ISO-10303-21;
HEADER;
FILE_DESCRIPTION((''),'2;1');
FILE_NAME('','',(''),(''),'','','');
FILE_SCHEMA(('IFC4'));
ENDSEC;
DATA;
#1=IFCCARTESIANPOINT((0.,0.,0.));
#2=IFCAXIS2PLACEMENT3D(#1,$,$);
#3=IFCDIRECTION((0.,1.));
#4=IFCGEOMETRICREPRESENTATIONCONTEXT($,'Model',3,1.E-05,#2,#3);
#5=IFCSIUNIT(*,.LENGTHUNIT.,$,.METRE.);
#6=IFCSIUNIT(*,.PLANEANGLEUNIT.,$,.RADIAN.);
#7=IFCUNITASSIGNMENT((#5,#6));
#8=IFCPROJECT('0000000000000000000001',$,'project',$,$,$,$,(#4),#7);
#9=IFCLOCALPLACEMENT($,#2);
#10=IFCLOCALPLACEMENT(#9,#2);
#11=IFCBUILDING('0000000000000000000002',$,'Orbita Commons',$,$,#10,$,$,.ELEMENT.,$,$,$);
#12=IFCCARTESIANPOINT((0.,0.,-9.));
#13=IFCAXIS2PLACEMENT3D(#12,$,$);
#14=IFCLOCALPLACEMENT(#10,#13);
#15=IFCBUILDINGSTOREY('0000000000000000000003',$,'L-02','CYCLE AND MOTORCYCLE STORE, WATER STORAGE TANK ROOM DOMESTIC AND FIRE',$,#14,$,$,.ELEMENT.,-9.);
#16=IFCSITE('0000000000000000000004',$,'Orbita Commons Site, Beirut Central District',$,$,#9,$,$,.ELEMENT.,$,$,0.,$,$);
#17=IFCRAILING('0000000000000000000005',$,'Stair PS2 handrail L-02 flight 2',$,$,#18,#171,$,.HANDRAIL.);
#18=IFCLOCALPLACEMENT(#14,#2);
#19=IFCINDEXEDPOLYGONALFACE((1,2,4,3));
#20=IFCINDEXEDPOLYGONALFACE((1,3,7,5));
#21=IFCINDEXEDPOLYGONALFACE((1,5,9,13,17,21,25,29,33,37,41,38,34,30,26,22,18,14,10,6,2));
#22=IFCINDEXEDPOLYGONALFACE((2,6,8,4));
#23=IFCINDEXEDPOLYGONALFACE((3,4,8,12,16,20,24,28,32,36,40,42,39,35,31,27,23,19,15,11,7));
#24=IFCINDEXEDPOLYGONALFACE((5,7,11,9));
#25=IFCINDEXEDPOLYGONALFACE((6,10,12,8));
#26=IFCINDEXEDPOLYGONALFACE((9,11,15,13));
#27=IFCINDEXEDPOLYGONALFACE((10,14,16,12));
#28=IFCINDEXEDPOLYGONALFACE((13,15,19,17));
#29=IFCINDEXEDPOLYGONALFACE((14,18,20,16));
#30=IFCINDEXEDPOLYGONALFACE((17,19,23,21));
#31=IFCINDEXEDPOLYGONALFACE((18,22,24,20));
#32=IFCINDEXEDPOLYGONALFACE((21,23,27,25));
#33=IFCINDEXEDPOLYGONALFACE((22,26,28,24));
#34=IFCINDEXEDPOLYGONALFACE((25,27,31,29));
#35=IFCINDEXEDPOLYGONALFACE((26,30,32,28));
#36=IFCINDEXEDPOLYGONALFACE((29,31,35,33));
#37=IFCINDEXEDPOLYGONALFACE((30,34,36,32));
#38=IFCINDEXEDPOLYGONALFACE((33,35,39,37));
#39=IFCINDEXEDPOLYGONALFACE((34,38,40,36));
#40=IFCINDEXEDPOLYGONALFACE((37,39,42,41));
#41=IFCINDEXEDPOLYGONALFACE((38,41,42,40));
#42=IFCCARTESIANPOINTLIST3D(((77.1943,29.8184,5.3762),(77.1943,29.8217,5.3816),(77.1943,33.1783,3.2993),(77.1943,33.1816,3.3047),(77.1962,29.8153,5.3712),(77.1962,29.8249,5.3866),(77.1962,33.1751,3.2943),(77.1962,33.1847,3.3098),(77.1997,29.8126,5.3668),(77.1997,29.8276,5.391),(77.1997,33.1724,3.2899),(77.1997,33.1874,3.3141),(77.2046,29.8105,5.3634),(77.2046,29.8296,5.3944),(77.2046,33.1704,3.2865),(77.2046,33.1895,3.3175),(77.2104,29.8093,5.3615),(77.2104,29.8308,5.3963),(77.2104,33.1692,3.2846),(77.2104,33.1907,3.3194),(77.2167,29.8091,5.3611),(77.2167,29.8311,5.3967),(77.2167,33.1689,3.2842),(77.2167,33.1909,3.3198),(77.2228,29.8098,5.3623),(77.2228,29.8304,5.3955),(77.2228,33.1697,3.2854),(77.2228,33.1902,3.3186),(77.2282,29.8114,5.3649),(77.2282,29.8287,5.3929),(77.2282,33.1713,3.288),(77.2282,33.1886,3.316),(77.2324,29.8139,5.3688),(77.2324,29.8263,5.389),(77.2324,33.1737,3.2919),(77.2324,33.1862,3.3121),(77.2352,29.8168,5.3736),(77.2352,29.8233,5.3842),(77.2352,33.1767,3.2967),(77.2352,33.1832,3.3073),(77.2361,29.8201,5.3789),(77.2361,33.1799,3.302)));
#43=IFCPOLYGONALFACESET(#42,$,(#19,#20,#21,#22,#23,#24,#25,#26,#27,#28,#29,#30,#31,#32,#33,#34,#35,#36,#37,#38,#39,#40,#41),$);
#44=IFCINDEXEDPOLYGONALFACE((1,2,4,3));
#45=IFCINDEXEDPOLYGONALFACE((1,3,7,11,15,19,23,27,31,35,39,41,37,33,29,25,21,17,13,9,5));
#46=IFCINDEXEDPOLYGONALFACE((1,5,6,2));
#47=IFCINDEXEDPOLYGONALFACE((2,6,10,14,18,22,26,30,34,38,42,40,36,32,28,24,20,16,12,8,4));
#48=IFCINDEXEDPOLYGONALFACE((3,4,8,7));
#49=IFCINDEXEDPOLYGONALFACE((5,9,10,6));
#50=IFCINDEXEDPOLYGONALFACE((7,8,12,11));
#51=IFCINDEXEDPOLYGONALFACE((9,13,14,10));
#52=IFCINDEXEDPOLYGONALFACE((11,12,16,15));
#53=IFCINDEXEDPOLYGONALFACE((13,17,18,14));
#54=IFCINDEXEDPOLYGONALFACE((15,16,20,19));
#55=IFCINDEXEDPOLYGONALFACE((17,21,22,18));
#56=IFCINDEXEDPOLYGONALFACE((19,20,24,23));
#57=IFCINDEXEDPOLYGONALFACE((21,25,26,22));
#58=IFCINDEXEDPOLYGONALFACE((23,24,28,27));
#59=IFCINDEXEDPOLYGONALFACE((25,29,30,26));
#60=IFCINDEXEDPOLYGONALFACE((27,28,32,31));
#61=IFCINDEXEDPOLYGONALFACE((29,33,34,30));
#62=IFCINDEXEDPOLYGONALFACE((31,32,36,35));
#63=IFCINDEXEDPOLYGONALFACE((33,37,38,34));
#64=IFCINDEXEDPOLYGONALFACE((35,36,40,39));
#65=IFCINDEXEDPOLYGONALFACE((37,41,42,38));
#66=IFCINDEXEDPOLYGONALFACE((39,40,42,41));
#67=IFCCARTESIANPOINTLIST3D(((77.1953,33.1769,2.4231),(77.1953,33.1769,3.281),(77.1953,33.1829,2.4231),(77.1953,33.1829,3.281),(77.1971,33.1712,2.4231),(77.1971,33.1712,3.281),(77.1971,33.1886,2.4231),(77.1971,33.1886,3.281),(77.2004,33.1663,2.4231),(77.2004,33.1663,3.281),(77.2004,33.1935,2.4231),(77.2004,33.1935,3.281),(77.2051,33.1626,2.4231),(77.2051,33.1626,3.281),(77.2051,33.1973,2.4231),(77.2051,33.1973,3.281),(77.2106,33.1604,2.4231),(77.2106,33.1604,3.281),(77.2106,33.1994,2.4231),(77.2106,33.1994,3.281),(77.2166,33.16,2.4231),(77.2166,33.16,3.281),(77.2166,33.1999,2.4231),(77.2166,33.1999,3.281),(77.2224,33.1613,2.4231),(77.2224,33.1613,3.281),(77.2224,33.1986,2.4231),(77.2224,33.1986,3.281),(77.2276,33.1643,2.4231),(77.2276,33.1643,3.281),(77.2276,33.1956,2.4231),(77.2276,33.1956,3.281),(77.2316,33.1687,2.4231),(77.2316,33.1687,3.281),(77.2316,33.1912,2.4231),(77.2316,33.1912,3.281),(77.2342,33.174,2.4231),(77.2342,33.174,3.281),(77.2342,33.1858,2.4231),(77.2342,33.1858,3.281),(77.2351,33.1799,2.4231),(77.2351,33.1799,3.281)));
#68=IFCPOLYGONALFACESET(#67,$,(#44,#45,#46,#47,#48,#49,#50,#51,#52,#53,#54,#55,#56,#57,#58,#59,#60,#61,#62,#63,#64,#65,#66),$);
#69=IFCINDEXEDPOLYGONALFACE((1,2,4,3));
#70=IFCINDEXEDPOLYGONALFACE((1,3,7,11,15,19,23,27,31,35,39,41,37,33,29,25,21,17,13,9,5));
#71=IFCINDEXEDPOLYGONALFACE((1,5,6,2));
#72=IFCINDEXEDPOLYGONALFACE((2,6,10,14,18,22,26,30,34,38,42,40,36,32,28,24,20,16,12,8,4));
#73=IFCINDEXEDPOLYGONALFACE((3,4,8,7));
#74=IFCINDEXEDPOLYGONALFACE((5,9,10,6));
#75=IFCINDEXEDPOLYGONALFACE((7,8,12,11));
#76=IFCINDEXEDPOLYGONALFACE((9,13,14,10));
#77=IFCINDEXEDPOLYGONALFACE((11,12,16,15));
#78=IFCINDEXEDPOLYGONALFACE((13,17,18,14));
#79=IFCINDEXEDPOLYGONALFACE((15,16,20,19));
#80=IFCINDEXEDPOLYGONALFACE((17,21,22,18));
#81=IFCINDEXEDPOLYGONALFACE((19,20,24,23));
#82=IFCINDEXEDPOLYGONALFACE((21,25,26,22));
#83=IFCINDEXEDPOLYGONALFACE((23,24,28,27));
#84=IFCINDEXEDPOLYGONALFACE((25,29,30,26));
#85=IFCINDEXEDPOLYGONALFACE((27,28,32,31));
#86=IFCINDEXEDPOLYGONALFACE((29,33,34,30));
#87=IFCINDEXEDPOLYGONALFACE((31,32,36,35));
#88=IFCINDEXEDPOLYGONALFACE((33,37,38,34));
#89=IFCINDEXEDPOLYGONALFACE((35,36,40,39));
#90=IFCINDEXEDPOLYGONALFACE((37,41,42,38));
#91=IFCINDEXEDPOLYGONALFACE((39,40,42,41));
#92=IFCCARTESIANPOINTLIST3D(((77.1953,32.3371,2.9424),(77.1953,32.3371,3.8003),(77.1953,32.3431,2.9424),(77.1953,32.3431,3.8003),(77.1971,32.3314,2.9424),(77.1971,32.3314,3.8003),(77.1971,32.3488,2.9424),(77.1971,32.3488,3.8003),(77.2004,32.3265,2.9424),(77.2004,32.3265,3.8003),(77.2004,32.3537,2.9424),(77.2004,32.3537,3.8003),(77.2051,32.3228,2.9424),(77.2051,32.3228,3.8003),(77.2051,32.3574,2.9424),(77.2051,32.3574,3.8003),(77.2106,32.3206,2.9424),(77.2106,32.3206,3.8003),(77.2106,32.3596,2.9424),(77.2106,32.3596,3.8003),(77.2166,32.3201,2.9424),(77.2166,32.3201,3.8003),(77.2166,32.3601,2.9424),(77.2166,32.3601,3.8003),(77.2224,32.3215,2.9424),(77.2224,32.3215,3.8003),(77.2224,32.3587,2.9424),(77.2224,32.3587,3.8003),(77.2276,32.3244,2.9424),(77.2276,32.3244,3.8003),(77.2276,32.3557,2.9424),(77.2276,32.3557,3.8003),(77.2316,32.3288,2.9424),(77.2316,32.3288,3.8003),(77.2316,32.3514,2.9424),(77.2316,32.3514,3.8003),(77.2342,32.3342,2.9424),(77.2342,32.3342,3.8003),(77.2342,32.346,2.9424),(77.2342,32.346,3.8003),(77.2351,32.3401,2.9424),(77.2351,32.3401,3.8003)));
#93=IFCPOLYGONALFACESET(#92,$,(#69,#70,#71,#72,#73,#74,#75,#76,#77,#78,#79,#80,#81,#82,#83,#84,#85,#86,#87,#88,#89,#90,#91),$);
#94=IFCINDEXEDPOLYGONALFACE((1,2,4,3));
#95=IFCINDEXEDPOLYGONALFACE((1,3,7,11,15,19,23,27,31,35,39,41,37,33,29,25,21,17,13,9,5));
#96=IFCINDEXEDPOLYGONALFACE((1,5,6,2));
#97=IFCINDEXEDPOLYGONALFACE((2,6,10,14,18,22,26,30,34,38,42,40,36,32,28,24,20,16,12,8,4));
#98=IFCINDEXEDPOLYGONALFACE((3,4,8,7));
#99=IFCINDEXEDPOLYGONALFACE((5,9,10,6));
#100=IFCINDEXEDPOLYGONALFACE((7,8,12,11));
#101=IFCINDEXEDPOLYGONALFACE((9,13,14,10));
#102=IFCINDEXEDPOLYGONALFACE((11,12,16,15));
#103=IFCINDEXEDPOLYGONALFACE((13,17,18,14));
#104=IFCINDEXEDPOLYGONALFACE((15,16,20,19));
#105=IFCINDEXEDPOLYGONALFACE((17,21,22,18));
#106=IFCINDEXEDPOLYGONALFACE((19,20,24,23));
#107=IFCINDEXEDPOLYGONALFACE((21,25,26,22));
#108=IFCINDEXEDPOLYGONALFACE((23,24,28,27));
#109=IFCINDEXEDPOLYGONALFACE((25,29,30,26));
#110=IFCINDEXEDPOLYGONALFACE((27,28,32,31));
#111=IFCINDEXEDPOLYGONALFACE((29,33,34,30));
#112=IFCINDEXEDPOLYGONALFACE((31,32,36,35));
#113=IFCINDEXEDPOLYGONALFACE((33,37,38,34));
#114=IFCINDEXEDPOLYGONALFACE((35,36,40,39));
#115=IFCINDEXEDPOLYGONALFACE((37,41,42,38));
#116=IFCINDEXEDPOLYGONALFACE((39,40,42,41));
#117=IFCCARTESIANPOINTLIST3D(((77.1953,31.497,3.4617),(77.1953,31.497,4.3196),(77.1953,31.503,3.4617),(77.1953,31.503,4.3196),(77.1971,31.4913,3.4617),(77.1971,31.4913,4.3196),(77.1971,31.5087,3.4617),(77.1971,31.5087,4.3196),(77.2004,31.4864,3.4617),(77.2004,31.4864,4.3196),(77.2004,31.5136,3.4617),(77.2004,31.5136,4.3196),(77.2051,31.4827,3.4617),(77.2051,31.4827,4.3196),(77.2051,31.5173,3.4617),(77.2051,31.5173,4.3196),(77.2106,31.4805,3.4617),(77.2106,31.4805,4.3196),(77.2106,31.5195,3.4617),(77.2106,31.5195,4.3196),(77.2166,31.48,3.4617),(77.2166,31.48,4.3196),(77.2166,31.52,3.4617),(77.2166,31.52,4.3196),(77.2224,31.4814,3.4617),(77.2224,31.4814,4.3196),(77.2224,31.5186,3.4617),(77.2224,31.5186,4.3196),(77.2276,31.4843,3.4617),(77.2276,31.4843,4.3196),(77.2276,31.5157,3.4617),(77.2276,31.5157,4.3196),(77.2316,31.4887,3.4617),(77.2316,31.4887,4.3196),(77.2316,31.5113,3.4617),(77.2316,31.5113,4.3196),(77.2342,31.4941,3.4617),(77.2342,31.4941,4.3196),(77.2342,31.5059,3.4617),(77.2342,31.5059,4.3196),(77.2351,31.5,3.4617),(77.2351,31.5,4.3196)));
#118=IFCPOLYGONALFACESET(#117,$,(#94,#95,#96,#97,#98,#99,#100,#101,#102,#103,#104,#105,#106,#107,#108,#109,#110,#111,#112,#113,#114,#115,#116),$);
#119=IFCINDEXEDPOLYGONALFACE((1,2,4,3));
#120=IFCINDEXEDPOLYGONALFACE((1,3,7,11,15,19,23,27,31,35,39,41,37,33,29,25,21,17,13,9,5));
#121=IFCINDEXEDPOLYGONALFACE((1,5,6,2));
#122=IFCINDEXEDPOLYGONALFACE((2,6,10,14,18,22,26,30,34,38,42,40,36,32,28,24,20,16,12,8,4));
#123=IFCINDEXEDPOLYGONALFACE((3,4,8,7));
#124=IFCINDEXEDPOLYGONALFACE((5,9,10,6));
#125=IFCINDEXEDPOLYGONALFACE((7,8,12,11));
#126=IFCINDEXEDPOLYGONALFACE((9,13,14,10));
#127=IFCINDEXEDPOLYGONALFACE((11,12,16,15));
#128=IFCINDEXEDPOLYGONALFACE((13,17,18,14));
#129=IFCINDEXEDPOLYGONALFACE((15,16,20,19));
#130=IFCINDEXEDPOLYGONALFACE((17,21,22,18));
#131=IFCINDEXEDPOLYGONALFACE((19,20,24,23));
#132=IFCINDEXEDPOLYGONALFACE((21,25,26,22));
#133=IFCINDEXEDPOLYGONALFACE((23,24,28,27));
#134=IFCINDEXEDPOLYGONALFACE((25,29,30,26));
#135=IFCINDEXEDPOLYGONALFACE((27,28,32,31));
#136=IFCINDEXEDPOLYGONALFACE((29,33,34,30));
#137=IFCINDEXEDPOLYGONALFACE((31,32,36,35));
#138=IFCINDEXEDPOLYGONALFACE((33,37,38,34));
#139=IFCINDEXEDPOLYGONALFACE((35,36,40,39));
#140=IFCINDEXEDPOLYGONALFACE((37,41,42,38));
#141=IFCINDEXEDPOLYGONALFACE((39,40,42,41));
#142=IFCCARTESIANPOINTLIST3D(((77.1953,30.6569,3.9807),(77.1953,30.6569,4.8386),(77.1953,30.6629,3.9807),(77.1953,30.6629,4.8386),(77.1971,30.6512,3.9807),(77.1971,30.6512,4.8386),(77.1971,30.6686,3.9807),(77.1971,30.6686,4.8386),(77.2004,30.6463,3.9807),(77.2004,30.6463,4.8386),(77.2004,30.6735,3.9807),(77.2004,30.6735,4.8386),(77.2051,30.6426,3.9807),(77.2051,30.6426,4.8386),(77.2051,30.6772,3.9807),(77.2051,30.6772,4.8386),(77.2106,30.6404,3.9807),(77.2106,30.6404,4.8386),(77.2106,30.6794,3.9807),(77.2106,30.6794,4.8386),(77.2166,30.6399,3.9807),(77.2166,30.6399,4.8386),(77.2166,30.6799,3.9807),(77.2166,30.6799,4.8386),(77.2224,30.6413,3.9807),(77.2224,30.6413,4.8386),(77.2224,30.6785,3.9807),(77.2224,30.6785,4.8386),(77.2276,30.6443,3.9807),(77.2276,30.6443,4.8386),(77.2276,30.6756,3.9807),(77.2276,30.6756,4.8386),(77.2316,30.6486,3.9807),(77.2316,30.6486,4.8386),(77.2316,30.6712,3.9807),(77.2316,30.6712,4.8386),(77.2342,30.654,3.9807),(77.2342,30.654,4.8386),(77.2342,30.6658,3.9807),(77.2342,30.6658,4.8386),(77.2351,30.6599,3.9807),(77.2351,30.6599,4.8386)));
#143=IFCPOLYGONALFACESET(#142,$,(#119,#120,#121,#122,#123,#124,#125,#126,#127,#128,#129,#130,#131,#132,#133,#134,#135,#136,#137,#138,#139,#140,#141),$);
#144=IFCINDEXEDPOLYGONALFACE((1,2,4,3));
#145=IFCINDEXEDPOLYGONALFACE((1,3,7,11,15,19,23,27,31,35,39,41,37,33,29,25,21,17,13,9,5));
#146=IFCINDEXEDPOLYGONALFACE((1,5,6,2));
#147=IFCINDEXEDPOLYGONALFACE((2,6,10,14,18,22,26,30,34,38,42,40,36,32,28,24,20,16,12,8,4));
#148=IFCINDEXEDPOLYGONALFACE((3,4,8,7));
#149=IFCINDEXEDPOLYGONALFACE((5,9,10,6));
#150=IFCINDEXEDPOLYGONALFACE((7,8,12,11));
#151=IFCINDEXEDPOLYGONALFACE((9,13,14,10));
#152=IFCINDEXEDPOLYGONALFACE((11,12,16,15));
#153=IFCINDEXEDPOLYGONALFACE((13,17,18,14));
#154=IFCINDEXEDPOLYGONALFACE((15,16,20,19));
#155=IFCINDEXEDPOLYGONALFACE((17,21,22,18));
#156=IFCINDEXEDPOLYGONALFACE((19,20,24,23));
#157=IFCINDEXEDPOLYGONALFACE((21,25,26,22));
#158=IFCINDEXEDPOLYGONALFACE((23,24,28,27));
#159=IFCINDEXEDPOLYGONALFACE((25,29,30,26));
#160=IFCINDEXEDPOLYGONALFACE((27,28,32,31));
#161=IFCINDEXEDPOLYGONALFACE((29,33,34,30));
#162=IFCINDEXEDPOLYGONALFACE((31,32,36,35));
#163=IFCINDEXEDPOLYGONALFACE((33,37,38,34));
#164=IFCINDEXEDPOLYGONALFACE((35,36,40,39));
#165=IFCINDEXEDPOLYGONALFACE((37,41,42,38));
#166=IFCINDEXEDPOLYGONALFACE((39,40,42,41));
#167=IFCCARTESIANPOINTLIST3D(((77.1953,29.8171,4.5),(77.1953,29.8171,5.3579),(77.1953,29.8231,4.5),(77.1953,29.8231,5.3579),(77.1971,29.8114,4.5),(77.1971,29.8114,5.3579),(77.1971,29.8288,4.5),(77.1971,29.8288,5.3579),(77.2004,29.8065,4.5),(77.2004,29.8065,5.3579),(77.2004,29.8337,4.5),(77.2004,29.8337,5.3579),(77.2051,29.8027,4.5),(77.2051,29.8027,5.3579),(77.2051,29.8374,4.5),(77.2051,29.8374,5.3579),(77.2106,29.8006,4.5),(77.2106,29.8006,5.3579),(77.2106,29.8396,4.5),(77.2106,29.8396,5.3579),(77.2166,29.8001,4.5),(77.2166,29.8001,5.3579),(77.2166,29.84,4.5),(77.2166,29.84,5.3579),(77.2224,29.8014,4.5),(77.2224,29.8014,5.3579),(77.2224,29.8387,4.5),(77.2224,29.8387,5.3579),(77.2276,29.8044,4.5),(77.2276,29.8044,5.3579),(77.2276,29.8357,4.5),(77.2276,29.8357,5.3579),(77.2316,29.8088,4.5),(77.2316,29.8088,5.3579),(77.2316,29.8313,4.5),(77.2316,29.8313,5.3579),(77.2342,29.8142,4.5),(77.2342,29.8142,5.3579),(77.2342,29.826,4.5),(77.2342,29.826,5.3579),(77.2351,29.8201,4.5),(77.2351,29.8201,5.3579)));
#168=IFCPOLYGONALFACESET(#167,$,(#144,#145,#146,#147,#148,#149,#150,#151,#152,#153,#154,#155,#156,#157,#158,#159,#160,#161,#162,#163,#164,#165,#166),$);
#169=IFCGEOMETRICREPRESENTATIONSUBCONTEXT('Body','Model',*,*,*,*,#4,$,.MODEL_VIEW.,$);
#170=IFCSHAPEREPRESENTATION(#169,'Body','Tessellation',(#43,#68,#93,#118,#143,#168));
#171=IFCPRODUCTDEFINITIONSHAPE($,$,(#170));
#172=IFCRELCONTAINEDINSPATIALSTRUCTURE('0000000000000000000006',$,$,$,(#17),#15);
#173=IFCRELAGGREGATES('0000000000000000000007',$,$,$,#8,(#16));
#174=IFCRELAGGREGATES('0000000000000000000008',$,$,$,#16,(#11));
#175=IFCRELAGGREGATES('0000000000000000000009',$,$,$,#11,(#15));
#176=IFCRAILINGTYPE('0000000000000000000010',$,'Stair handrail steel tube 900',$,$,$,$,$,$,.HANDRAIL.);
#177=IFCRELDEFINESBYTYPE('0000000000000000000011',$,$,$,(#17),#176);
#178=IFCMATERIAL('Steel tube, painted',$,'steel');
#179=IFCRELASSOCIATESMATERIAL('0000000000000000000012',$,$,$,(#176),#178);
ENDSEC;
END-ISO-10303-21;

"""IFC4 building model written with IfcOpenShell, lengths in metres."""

from ifc_helpers import new_model, si_unit, direction, frame, origin, origin_2d, place, context, subcontext, project, spatial, circle, extrude, material, type_object, element, save


model = new_model("IFC4")

# Units and contexts
model_context = context("Model", 3, precision=1e-05, world=origin(), true_north=direction((0.0, 1.0)))
body_context = subcontext(model_context, "Body", "Model", "MODEL_VIEW")
ifc_project = project(units=[si_unit("LENGTHUNIT", "METRE"), si_unit("PLANEANGLEUNIT", "RADIAN")], contexts=[model_context])

# Site, building, storey
site_placement = place(None, origin())
site = spatial("IfcSite", under=ifc_project, at=site_placement, Name="Orbita Commons Site, Beirut Central District", CompositionType="ELEMENT", RefElevation=0.0)
building_placement = place(site_placement, origin())
building = spatial("IfcBuilding", under=site, at=building_placement, Name="Orbita Commons", CompositionType="ELEMENT")
storey_placement = place(building_placement, frame((0.0, 0.0, -9.0)))
storey = spatial("IfcBuildingStorey", under=building, at=storey_placement, Name="L-02", Description="CYCLE AND MOTORCYCLE STORE, WATER STORAGE TANK ROOM DOMESTIC AND FIRE", CompositionType="ELEMENT", Elevation=-9.0)

# Railing
ifc_material_1 = material(Name="Steel tube, painted", Category="steel")
railing_type_1 = type_object("IfcRailingType", Name="Stair handrail steel tube 900", PredefinedType="HANDRAIL", material=ifc_material_1)
for number, where, name in (
    (1, (77.2151, 33.1799, 2.4231), "Stair PS2 handrail L-02 flight 2"),
):
    element("IfcRailing", number, at=place(storey_placement, frame(where)), inside=storey, type_object=railing_type_1, Name=name, PredefinedType="HANDRAIL", context=body_context, shape_type="SweptSolid", body=[
        extrude(circle(Radius=0.021, at=origin_2d()), frame((0.0, 0.0, 0.8789), z_axis=(0.0, -0.850606, 0.525803), x_axis=(1.0, 0.0, 0.0)), (0.0, 0.0, 1.0), 3.95),
        extrude(circle(Radius=0.02, at=origin_2d()), origin(), (0.0, 0.0, 1.0), 0.8579),
        extrude(circle(Radius=0.02, at=origin_2d()), frame((0.0, -0.8398, 0.5193)), (0.0, 0.0, 1.0), 0.8579),
        extrude(circle(Radius=0.02, at=origin_2d()), frame((0.0, -1.6799, 1.0386)), (0.0, 0.0, 1.0), 0.8579),
        extrude(circle(Radius=0.02, at=origin_2d()), frame((0.0, -2.52, 1.5576)), (0.0, 0.0, 1.0), 0.8579),
        extrude(circle(Radius=0.02, at=origin_2d()), frame((0.0, -3.3599, 2.0769)), (0.0, 0.0, 1.0), 0.8579),
    ])

save(model, "model.ifc")
